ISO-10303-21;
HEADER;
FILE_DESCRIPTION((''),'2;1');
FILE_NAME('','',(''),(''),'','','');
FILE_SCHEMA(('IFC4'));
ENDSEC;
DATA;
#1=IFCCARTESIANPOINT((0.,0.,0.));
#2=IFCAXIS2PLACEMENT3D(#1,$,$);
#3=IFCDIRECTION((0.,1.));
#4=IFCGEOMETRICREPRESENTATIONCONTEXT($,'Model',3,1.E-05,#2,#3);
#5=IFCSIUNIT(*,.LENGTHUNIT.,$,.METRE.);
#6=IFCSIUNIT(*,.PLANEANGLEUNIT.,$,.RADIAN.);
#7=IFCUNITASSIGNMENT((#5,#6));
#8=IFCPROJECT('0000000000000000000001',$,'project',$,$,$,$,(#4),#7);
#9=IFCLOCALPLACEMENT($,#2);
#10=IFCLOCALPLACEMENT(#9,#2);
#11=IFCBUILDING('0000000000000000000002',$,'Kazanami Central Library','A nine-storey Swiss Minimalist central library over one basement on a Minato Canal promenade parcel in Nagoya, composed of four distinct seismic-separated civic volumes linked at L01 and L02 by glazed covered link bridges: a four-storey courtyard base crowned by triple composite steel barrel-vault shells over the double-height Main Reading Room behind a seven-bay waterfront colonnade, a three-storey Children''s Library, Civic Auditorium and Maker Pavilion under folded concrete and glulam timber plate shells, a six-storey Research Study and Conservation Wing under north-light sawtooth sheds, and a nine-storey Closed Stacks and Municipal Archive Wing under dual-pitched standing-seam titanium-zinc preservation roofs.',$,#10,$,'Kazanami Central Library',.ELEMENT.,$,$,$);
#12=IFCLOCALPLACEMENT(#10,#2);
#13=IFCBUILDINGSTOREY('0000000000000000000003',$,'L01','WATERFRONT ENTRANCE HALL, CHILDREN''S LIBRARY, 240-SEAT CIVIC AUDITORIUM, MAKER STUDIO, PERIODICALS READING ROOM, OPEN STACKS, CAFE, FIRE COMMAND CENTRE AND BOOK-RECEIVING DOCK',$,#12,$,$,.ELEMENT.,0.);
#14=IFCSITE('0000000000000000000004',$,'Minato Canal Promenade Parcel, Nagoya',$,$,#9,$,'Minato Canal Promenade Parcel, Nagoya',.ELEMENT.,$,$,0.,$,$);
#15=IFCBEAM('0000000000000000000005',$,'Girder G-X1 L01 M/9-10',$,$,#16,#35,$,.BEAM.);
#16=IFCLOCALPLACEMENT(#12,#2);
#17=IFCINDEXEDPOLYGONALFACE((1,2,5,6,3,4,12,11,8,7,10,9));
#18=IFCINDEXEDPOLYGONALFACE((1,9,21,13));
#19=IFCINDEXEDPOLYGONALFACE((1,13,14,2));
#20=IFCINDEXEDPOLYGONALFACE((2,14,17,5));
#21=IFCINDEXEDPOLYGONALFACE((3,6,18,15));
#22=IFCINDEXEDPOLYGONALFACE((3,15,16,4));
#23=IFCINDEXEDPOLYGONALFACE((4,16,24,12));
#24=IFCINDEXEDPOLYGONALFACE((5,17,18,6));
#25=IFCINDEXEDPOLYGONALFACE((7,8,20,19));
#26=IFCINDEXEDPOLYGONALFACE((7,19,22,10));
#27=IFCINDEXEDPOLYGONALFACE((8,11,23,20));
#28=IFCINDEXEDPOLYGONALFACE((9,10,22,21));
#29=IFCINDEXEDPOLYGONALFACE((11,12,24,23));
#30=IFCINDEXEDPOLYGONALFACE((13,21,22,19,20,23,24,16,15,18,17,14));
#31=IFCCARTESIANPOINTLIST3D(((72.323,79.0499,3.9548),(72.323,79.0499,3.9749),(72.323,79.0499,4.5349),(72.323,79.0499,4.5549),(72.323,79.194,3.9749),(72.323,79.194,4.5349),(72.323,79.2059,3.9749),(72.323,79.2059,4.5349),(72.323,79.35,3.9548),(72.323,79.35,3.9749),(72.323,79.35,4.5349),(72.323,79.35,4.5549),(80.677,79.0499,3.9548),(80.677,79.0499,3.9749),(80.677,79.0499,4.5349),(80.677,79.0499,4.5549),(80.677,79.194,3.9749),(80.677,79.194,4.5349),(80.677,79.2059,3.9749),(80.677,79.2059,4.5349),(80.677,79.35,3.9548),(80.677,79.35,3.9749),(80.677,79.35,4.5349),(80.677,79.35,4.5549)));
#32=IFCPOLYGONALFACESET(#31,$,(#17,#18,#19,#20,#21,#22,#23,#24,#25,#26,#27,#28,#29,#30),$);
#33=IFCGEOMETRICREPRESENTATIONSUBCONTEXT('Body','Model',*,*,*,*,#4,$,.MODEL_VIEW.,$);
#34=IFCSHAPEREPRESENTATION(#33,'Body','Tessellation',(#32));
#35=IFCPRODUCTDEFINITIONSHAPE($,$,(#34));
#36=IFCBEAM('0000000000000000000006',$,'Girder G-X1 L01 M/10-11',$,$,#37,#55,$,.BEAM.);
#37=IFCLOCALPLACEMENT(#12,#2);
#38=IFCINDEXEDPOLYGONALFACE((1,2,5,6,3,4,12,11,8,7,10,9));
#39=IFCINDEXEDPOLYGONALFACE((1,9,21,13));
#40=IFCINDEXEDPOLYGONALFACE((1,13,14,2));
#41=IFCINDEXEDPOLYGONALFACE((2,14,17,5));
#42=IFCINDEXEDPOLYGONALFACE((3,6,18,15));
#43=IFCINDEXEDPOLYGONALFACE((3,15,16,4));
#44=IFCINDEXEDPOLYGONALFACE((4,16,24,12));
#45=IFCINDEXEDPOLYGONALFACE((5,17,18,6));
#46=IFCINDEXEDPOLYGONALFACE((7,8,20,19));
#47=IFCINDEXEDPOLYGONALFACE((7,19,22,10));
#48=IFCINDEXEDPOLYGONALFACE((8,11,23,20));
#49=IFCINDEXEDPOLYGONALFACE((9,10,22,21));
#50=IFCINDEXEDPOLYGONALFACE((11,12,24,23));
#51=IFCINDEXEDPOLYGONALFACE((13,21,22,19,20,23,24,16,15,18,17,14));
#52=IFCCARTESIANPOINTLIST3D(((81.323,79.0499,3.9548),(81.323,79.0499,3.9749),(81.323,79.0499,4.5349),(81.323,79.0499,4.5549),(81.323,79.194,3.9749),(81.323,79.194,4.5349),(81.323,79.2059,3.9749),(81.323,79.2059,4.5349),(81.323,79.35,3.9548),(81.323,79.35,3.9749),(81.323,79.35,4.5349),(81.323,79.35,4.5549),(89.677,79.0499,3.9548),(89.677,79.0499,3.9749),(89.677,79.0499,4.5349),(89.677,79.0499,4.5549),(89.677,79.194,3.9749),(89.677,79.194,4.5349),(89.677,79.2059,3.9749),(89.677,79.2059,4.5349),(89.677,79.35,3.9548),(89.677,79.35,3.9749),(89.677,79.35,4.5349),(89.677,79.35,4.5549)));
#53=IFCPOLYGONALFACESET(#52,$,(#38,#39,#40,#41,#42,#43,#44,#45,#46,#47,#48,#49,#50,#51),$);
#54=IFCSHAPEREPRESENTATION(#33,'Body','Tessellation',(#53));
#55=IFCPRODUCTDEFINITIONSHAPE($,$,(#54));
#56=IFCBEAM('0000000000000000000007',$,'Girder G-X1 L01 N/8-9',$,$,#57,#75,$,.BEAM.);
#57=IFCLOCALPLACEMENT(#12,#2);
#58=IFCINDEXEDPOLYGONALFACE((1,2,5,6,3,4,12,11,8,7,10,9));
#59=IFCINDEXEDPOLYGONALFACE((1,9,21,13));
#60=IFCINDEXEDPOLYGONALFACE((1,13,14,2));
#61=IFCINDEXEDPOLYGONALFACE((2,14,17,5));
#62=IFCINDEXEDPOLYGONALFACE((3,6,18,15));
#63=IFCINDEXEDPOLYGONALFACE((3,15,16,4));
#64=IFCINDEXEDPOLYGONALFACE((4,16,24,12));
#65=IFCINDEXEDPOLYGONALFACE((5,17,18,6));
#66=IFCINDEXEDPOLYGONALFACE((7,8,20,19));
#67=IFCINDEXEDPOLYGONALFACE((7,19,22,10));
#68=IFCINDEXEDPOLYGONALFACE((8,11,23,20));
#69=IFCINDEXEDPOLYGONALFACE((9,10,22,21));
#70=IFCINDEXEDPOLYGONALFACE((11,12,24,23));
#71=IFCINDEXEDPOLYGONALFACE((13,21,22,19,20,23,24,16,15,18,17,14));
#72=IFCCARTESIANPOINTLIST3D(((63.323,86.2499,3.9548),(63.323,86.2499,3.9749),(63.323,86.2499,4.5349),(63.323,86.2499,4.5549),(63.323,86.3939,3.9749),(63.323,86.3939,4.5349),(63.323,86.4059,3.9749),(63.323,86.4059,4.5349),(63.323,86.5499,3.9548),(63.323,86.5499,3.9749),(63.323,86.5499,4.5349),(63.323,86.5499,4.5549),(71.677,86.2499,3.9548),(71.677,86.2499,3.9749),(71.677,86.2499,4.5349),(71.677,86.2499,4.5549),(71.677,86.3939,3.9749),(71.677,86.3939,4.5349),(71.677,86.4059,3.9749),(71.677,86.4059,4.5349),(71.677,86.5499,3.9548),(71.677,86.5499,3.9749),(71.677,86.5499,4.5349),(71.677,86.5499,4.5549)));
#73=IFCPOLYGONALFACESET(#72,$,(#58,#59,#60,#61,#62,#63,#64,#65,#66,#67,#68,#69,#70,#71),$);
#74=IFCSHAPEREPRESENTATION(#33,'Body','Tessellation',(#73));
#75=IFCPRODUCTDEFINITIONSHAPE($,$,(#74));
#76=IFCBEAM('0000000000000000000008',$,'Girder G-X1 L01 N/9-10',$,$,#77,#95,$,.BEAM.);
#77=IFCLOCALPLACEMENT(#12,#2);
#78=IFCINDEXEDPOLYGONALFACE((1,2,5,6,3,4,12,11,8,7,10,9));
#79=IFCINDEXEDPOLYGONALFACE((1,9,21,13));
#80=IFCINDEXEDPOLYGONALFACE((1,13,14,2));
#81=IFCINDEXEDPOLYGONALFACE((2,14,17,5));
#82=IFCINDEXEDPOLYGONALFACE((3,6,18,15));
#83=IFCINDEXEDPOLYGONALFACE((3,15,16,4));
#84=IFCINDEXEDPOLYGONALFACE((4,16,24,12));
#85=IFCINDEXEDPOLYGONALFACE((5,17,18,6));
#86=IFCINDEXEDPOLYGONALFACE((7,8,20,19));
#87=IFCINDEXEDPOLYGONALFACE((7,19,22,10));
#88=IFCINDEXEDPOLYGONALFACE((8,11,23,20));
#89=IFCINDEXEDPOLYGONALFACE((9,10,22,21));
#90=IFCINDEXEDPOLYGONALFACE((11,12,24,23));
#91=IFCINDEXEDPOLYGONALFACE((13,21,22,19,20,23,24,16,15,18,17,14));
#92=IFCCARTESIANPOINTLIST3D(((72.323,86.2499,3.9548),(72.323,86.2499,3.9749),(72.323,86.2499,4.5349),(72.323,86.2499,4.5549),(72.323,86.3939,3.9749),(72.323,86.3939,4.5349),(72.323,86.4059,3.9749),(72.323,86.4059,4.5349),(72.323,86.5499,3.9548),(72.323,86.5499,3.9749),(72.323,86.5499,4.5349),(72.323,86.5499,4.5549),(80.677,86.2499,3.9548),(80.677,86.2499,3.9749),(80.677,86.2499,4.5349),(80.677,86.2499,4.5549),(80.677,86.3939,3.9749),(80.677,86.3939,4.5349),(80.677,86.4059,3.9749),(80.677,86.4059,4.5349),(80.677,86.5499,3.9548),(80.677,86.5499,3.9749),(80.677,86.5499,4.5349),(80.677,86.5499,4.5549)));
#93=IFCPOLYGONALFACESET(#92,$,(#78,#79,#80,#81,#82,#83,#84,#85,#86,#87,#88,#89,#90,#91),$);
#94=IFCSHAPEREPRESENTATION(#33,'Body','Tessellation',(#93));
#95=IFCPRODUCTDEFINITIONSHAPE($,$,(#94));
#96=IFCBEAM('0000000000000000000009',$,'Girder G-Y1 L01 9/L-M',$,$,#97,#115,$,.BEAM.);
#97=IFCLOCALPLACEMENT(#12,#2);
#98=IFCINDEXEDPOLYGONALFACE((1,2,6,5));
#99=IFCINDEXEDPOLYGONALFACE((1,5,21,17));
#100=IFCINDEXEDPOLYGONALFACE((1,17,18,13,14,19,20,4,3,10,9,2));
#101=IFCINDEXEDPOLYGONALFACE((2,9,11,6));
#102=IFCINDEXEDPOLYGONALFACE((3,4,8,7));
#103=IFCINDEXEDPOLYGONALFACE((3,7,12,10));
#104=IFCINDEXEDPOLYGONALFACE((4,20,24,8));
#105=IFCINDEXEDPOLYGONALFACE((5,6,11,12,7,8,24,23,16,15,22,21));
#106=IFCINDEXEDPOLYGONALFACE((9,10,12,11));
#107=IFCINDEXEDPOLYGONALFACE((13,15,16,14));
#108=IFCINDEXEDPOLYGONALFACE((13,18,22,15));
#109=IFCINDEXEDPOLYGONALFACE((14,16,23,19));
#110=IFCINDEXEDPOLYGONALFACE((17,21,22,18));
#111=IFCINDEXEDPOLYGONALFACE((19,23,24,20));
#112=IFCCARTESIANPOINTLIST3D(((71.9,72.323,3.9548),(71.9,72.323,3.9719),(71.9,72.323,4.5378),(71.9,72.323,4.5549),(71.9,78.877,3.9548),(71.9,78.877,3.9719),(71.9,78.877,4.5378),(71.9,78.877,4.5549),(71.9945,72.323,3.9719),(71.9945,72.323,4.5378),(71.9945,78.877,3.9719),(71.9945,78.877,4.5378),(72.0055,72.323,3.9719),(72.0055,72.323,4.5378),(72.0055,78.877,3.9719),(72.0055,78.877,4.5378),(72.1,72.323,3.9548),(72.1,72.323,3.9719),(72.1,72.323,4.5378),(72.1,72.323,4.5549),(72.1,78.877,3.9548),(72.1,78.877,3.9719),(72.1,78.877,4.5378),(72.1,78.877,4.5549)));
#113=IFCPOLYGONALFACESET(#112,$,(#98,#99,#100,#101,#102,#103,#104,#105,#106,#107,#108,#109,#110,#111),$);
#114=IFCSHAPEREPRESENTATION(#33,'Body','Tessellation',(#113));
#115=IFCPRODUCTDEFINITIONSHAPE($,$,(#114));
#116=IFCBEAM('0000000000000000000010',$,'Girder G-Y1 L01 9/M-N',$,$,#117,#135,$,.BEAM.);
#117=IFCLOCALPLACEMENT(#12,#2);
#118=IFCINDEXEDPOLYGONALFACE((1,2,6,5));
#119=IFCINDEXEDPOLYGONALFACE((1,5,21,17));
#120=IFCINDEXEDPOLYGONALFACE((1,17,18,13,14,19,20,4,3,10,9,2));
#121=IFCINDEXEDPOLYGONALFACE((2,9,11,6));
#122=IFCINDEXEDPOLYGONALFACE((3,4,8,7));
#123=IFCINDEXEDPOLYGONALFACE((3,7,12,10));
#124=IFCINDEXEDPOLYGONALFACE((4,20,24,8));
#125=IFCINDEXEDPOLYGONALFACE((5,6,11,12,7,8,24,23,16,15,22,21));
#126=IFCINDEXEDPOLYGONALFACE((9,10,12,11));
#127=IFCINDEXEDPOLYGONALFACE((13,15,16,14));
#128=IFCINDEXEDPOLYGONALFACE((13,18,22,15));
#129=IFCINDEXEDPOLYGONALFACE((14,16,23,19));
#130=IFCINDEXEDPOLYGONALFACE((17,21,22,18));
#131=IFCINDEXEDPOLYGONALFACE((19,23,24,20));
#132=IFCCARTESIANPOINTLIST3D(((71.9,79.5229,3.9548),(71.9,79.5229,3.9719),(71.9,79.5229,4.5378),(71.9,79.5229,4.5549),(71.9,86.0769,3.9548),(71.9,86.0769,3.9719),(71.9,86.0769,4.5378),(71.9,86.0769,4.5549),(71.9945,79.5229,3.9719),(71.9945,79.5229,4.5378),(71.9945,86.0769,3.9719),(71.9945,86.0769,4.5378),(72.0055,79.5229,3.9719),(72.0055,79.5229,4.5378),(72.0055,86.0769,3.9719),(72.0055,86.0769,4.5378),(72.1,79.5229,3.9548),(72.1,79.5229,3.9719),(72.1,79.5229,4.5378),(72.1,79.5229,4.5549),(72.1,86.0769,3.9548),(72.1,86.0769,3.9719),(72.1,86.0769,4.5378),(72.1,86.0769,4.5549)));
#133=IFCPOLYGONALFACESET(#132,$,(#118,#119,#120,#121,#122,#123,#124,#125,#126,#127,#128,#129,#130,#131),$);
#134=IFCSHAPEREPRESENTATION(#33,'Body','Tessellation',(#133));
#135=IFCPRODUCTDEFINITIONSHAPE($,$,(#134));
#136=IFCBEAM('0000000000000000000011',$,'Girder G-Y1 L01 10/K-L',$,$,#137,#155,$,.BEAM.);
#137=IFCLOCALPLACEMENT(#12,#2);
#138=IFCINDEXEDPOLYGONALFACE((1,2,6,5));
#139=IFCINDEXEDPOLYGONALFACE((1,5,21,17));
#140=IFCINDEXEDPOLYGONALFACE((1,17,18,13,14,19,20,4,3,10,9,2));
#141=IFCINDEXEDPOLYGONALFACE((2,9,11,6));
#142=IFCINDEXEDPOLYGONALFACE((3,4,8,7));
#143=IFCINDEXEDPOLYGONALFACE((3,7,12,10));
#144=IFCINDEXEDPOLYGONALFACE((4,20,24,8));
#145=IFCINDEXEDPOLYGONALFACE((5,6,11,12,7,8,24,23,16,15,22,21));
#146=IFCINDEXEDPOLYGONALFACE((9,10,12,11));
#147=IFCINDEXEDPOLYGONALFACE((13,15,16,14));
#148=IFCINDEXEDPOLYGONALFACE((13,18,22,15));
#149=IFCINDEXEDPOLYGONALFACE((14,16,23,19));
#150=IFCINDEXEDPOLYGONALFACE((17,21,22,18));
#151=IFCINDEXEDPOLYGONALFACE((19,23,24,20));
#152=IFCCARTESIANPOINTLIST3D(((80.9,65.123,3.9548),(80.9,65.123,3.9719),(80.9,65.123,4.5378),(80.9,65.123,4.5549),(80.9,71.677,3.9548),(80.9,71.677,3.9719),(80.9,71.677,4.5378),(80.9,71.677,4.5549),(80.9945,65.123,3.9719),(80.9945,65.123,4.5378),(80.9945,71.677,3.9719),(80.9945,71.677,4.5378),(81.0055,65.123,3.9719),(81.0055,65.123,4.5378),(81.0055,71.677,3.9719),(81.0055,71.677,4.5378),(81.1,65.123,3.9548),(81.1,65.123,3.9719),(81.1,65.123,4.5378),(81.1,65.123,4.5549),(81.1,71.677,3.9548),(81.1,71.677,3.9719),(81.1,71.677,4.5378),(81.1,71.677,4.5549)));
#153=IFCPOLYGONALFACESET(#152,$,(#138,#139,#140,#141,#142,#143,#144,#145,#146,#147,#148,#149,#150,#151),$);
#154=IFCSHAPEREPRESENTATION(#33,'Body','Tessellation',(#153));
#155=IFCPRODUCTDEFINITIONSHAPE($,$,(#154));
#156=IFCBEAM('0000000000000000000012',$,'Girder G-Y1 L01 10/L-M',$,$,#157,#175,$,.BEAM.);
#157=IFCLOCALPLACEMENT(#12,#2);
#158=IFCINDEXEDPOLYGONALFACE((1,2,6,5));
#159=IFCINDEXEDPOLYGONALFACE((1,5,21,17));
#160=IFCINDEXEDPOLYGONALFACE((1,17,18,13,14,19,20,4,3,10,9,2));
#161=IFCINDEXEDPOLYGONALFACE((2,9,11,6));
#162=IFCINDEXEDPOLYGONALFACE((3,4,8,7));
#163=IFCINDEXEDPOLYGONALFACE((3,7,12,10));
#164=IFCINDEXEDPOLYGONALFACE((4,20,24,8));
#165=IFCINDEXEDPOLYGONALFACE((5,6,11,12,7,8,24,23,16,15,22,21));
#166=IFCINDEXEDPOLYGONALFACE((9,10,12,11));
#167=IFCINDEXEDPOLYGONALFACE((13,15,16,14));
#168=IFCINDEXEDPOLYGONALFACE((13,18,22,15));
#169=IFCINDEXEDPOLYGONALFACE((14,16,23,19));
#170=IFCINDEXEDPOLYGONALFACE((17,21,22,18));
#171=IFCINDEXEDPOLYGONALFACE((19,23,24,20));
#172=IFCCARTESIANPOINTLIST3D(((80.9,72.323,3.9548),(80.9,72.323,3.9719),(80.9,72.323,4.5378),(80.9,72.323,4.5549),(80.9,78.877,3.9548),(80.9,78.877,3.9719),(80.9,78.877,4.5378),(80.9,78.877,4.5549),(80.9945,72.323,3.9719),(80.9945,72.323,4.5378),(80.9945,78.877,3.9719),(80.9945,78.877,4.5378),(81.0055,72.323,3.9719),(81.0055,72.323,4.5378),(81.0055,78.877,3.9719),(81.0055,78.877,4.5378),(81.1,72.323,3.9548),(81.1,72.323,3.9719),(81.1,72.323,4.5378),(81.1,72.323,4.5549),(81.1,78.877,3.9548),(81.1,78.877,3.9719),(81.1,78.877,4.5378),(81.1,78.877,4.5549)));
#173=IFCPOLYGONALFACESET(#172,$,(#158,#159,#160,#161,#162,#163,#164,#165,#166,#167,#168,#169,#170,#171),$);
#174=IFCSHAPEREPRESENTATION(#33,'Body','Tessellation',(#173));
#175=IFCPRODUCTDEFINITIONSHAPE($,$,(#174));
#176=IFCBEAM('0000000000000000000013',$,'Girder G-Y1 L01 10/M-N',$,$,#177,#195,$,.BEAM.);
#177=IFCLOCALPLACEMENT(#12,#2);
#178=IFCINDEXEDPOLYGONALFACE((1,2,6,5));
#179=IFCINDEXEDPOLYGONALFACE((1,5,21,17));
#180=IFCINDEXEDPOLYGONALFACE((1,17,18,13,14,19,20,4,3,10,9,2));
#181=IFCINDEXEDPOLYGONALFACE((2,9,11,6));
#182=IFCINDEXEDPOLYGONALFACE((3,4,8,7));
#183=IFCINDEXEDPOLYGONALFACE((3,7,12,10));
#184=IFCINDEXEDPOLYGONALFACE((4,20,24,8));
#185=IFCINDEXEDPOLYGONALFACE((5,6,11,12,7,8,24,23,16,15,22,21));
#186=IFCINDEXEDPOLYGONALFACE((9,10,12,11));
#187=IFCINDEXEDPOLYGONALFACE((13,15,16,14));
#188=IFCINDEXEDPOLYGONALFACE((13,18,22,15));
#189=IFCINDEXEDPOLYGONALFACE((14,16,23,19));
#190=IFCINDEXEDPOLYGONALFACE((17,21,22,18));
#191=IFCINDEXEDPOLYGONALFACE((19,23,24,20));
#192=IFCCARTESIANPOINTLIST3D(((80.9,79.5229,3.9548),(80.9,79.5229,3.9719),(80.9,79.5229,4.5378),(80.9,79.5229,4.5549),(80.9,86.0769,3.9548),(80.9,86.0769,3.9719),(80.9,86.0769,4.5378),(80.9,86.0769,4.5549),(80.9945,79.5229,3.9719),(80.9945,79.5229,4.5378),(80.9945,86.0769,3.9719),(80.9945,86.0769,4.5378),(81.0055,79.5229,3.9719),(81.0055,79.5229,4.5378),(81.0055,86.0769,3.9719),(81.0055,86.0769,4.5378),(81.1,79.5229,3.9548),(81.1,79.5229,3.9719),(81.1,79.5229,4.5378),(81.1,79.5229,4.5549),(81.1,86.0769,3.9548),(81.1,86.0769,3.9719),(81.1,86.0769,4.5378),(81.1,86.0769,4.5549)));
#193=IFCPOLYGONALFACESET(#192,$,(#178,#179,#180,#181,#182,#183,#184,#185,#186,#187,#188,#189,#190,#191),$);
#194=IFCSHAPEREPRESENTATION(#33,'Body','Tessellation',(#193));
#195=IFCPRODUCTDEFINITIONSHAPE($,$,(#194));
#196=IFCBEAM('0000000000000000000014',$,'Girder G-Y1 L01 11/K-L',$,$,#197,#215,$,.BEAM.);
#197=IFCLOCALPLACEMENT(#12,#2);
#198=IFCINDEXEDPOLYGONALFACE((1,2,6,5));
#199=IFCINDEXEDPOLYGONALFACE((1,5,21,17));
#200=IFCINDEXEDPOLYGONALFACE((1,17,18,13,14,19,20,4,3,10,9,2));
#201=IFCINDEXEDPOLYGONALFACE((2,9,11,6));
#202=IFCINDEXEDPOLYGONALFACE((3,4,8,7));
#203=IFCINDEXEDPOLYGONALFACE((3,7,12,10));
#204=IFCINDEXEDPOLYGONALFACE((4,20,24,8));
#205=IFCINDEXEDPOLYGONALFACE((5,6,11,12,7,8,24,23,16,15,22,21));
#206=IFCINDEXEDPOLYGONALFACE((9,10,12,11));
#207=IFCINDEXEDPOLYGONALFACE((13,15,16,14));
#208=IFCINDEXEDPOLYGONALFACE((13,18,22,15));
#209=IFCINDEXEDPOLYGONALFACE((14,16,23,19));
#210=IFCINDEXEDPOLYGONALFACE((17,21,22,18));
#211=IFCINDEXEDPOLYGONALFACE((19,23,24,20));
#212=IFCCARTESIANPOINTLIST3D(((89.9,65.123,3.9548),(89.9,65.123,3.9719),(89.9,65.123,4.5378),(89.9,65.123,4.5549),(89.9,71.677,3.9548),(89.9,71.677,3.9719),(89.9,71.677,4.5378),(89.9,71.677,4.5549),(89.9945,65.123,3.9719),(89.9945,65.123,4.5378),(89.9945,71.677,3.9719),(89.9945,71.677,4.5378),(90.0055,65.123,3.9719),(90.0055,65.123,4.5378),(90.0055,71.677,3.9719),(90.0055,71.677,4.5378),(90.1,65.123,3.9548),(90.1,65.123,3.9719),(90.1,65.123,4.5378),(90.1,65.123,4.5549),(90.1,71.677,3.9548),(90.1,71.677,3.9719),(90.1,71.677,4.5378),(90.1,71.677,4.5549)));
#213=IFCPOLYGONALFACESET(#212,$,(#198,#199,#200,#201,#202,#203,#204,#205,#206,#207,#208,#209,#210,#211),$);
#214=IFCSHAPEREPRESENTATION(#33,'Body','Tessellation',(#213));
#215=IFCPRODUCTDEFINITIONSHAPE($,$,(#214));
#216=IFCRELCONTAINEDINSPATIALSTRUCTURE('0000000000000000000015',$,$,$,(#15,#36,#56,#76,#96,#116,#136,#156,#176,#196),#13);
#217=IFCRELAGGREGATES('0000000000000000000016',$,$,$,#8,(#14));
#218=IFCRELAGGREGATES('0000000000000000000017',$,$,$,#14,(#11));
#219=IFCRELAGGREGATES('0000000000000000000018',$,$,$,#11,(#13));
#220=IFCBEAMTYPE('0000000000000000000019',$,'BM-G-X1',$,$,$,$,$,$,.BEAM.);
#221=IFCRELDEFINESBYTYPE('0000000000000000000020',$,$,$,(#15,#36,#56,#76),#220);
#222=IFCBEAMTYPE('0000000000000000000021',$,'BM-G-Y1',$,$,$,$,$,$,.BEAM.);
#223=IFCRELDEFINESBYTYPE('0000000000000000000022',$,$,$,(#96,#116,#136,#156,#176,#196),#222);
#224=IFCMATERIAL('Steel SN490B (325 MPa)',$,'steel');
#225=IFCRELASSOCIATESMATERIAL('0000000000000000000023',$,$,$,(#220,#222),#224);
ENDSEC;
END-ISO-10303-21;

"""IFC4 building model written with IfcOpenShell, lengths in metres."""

from ifc_helpers import new_model, si_unit, direction, frame, origin, origin_2d, place, context, subcontext, project, spatial, i_section, extrude, material, material_profile, profile_set, type_object, element, save


model = new_model("IFC4")

# Units and contexts
model_context = context("Model", 3, precision=1e-05, world=origin(), true_north=direction((0.0, 1.0)))
body_context = subcontext(model_context, "Body", "Model", "MODEL_VIEW")
ifc_project = project(units=[si_unit("LENGTHUNIT", "METRE"), si_unit("PLANEANGLEUNIT", "RADIAN")], contexts=[model_context])

# Site, building, storey
site_placement = place(None, origin())
site = spatial("IfcSite", under=ifc_project, at=site_placement, Name="Minato Canal Promenade Parcel, Nagoya", LongName="Minato Canal Promenade Parcel, Nagoya", CompositionType="ELEMENT", RefElevation=0.0)
building_placement = place(site_placement, origin())
building = spatial("IfcBuilding", under=site, at=building_placement, Name="Kazanami Central Library", Description="A nine-storey Swiss Minimalist central library over one basement on a Minato Canal promenade parcel in Nagoya, composed of four distinct seismic-separated civic volumes linked at L01 and L02 by glazed covered link bridges: a four-storey courtyard base crowned by triple composite steel barrel-vault shells over the double-height Main Reading Room behind a seven-bay waterfront colonnade, a three-storey Children's Library, Civic Auditorium and Maker Pavilion under folded concrete and glulam timber plate shells, a six-storey Research Study and Conservation Wing under north-light sawtooth sheds, and a nine-storey Closed Stacks and Municipal Archive Wing under dual-pitched standing-seam titanium-zinc preservation roofs.", LongName="Kazanami Central Library", CompositionType="ELEMENT")
storey_placement = place(building_placement, origin())
storey = spatial("IfcBuildingStorey", under=building, at=storey_placement, Name="L01", Description="WATERFRONT ENTRANCE HALL, CHILDREN'S LIBRARY, 240-SEAT CIVIC AUDITORIUM, MAKER STUDIO, PERIODICALS READING ROOM, OPEN STACKS, CAFE, FIRE COMMAND CENTRE AND BOOK-RECEIVING DOCK", CompositionType="ELEMENT", Elevation=0.0)

# Beams
ifc_material_1 = material(Name="Steel SN490B (325 MPa)", Category="steel")
ifc_material_profile_1 = material_profile(ifc_material_1, i_section(OverallWidth=0.3, OverallDepth=0.6001, WebThickness=0.012, FlangeThickness=0.02, at=origin_2d()), Name="H-600x300x12x20")
ifc_profile_set_1 = profile_set([ifc_material_profile_1], Name="Steel SN490B (325 MPa)")
beam_type_1 = type_object("IfcBeamType", Name="BM-G-X1", PredefinedType="BEAM", material=ifc_profile_set_1)
for number, where, z_axis, x_axis, name in (
    (1, (72.323, 79.2, 4.2549), (1.0, 0.0, 0.0), (0.0, 1.0, 0.0), "Girder G-X1 L01 M/9-10"),
    (2, (81.323, 79.2, 4.2549), (1.0, 0.0, 0.0), (0.0, 1.0, 0.0), "Girder G-X1 L01 M/10-11"),
    (3, (63.323, 86.3999, 4.2549), (1.0, 0.0, 0.0), (0.0, 1.0, 0.0), "Girder G-X1 L01 N/8-9"),
    (4, (72.323, 86.3999, 4.2549), (1.0, 0.0, 0.0), (0.0, 1.0, 0.0), "Girder G-X1 L01 N/9-10"),
):
    element("IfcBeam", number, at=place(storey_placement, frame(where, z_axis=z_axis, x_axis=x_axis)), inside=storey, type_object=beam_type_1, Name=name, PredefinedType="BEAM", context=body_context, shape_type="SweptSolid", body=[
        extrude(i_section(OverallWidth=0.3, OverallDepth=0.6001, WebThickness=0.012, FlangeThickness=0.02, at=origin_2d()), origin(), (0.0, 0.0, 1.0), 8.354),
    ])
ifc_material_profile_2 = material_profile(ifc_material_1, i_section(OverallWidth=0.2, OverallDepth=0.6001, WebThickness=0.011, FlangeThickness=0.0171, at=origin_2d()), Name="H-600x200x11x17")
ifc_profile_set_2 = profile_set([ifc_material_profile_2], Name="Steel SN490B (325 MPa)")
beam_type_2 = type_object("IfcBeamType", Name="BM-G-Y1", PredefinedType="BEAM", material=ifc_profile_set_2)
for number, where, z_axis, x_axis, name in (
    (5, (72.0, 72.323, 4.2549), (0.0, 1.0, 0.0), (-1.0, 0.0, 0.0), "Girder G-Y1 L01 9/L-M"),
    (6, (72.0, 79.5229, 4.2549), (0.0, 1.0, 0.0), (-1.0, 0.0, 0.0), "Girder G-Y1 L01 9/M-N"),
    (7, (81.0, 65.123, 4.2549), (0.0, 1.0, 0.0), (-1.0, 0.0, 0.0), "Girder G-Y1 L01 10/K-L"),
    (8, (81.0, 72.323, 4.2549), (0.0, 1.0, 0.0), (-1.0, 0.0, 0.0), "Girder G-Y1 L01 10/L-M"),
    (9, (81.0, 79.5229, 4.2549), (0.0, 1.0, 0.0), (-1.0, 0.0, 0.0), "Girder G-Y1 L01 10/M-N"),
    (10, (90.0, 65.123, 4.2549), (0.0, 1.0, 0.0), (-1.0, 0.0, 0.0), "Girder G-Y1 L01 11/K-L"),
):
    element("IfcBeam", number, at=place(storey_placement, frame(where, z_axis=z_axis, x_axis=x_axis)), inside=storey, type_object=beam_type_2, Name=name, PredefinedType="BEAM", context=body_context, shape_type="SweptSolid", body=[
        extrude(i_section(OverallWidth=0.2, OverallDepth=0.6001, WebThickness=0.011, FlangeThickness=0.0171, at=origin_2d()), origin(), (0.0, 0.0, 1.0), 6.554),
    ])

save(model, "model.ifc")
